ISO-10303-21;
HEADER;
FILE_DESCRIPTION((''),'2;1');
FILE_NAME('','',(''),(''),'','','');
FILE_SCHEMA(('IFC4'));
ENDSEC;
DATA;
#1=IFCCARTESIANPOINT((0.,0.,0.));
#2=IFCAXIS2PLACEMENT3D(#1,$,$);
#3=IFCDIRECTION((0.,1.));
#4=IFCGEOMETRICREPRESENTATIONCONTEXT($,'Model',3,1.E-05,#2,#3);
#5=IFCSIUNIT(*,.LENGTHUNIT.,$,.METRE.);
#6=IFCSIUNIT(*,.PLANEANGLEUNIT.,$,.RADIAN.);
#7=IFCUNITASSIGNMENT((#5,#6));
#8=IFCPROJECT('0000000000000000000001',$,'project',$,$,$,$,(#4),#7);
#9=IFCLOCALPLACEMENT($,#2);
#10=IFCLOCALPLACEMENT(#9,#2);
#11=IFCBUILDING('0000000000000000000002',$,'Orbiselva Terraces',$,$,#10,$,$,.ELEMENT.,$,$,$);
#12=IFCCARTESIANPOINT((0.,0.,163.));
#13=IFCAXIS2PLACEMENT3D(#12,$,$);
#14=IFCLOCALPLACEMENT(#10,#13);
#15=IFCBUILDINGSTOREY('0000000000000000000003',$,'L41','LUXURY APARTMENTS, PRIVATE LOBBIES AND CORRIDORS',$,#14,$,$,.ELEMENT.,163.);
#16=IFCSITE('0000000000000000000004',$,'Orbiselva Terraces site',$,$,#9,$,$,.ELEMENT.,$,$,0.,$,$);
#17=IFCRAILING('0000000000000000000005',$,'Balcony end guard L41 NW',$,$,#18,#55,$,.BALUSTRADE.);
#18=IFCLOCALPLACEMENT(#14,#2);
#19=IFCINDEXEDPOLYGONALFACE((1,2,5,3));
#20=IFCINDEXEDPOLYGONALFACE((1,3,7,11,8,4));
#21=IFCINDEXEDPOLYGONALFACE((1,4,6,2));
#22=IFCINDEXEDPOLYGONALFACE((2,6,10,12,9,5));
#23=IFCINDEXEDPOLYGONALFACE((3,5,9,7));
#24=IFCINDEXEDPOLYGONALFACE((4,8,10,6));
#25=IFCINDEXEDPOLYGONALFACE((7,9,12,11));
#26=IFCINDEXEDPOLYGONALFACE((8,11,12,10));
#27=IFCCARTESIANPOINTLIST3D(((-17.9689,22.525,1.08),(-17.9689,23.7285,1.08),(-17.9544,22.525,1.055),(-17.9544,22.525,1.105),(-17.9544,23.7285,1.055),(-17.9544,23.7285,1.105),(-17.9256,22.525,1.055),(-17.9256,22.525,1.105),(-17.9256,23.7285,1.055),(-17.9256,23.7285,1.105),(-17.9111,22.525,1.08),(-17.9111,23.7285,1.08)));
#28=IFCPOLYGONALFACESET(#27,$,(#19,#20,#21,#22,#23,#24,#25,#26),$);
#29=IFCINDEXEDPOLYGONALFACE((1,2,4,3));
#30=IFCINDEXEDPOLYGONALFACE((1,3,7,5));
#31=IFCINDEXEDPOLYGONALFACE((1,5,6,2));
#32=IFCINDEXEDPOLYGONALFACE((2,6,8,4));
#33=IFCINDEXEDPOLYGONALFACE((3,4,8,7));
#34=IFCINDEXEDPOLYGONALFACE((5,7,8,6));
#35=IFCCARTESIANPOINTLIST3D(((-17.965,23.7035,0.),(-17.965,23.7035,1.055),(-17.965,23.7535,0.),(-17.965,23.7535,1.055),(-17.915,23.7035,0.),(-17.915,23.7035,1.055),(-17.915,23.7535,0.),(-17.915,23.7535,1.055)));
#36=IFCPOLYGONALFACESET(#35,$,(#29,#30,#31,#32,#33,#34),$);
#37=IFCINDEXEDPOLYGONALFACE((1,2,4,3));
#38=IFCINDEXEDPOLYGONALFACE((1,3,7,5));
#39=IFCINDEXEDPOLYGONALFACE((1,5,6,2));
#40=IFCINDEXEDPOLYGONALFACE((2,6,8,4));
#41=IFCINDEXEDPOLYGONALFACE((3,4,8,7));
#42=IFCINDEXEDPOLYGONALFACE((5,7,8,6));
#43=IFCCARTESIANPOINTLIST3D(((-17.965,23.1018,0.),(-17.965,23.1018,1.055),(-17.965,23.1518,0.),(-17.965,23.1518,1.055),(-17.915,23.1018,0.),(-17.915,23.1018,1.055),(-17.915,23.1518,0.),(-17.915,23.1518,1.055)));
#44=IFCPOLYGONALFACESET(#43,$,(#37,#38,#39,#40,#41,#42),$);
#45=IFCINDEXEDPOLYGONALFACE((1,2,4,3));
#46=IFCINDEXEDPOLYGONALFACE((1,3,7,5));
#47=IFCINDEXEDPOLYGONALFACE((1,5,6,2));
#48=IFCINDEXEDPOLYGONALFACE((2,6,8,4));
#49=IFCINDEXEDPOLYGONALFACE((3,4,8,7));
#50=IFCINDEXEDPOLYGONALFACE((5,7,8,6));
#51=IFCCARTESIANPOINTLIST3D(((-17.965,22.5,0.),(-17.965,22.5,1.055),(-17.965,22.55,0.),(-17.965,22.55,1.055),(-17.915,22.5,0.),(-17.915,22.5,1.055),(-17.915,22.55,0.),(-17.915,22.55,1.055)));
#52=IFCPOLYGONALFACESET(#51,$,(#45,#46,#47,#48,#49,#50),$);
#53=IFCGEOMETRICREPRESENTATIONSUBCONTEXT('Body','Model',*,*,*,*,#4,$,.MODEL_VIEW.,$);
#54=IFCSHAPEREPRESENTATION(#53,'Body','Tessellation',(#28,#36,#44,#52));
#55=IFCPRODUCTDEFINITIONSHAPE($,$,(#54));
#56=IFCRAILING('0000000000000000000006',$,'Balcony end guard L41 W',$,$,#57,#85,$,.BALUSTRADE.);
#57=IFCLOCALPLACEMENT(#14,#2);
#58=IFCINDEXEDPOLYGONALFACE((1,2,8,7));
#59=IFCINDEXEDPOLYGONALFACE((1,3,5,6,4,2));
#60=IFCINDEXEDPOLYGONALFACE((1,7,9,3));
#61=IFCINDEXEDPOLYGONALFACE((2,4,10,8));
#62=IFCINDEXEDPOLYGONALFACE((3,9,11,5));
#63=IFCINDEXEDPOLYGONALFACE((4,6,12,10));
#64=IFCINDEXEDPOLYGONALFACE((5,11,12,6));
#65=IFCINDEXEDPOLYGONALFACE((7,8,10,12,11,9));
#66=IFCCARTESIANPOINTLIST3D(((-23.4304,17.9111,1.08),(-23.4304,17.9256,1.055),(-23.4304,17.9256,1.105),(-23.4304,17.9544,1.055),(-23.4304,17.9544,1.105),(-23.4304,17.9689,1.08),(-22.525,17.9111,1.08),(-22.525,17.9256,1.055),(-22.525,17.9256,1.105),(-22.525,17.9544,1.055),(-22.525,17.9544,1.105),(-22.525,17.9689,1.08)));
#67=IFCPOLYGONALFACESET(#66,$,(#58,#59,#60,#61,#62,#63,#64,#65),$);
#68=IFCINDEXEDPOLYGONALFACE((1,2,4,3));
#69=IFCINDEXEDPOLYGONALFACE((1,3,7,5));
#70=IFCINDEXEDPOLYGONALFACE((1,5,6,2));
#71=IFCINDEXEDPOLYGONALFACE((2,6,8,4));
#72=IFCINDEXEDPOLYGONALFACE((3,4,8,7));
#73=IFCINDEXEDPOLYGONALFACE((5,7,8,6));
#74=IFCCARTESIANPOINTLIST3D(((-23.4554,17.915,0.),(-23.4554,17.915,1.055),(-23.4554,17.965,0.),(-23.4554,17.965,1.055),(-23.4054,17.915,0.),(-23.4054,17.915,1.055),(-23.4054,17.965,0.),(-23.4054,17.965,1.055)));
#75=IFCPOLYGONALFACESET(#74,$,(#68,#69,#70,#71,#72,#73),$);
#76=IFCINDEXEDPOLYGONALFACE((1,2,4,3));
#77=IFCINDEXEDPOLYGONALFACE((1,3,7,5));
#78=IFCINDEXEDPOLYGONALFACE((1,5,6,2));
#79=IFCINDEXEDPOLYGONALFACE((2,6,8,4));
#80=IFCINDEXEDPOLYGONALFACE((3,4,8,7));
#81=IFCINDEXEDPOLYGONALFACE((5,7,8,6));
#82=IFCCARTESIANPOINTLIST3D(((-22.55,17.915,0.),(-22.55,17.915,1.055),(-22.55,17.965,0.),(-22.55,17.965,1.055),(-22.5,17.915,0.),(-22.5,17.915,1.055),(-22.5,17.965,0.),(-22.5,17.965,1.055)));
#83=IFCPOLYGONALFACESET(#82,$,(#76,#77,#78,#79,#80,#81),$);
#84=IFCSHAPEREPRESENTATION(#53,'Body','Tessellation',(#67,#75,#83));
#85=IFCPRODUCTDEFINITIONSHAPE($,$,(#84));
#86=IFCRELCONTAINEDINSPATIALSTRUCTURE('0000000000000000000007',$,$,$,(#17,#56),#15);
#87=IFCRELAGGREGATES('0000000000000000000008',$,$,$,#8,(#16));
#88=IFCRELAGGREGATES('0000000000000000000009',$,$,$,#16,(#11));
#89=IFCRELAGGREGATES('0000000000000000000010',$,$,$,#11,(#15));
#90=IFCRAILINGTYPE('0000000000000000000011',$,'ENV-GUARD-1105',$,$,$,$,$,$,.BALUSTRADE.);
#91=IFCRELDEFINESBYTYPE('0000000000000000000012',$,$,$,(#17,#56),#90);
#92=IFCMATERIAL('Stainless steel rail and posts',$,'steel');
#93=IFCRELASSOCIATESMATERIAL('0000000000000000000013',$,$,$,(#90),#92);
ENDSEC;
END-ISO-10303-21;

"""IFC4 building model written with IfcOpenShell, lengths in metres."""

from ifc_helpers import new_model, si_unit, direction, frame, origin, origin_2d, place, context, subcontext, project, spatial, polyline, rectangle, outline, extrude, material, type_object, element, save


model = new_model("IFC4")

# Units and contexts
model_context = context("Model", 3, precision=1e-05, world=origin(), true_north=direction((0.0, 1.0)))
body_context = subcontext(model_context, "Body", "Model", "MODEL_VIEW")
ifc_project = project(units=[si_unit("LENGTHUNIT", "METRE"), si_unit("PLANEANGLEUNIT", "RADIAN")], contexts=[model_context])

# Site, building, storey
site_placement = place(None, origin())
site = spatial("IfcSite", under=ifc_project, at=site_placement, Name="Orbiselva Terraces site", CompositionType="ELEMENT", RefElevation=0.0)
building_placement = place(site_placement, origin())
building = spatial("IfcBuilding", under=site, at=building_placement, Name="Orbiselva Terraces", CompositionType="ELEMENT")
storey_placement = place(building_placement, frame((0.0, 0.0, 163.0)))
storey = spatial("IfcBuildingStorey", under=building, at=storey_placement, Name="L41", Description="LUXURY APARTMENTS, PRIVATE LOBBIES AND CORRIDORS", CompositionType="ELEMENT", Elevation=163.0)

# Railings
ifc_material_1 = material(Name="Stainless steel rail and posts", Category="steel")
railing_type_1 = type_object("IfcRailingType", Name="ENV-GUARD-1105", PredefinedType="BALUSTRADE", material=ifc_material_1)
railing_1_placement = place(storey_placement, frame((-17.94, 23.7285, 0.0)))
element("IfcRailing", 1, at=railing_1_placement, inside=storey, type_object=railing_type_1, Name="Balcony end guard L41 NW", PredefinedType="BALUSTRADE", context=body_context, shape_type="SweptSolid", body=[
    extrude(outline(polyline([(0.0289, 0.0), (0.0144, 0.025), (-0.0144, 0.025), (-0.0289, 0.0), (-0.0144, -0.025), (0.0144, -0.025), (0.0289, 0.0)])), frame((0.0, 0.0, 1.08), z_axis=(0.0, -1.0, 0.0), x_axis=(1.0, 0.0, 0.0)), (0.0, 0.0, 1.0), 1.2035),
    extrude(rectangle(XDim=0.05, YDim=0.05, at=origin_2d()), origin(), (0.0, 0.0, 1.0), 1.055),
    extrude(rectangle(XDim=0.05, YDim=0.05, at=origin_2d()), frame((0.0, -0.6018, 0.0)), (0.0, 0.0, 1.0), 1.055),
    extrude(rectangle(XDim=0.05, YDim=0.05, at=origin_2d()), frame((0.0, -1.2035, 0.0)), (0.0, 0.0, 1.0), 1.055),
])
railing_2_placement = place(storey_placement, frame((-23.4304, 17.94, 0.0)))
element("IfcRailing", 2, at=railing_2_placement, inside=storey, type_object=railing_type_1, Name="Balcony end guard L41 W", PredefinedType="BALUSTRADE", context=body_context, shape_type="SweptSolid", body=[
    extrude(outline(polyline([(0.0289, 0.0), (0.0144, 0.025), (-0.0144, 0.025), (-0.0289, 0.0), (-0.0144, -0.025), (0.0144, -0.025), (0.0289, 0.0)])), frame((0.0, 0.0, 1.08), z_axis=(1.0, 0.0, 0.0), x_axis=(0.0, 1.0, 0.0)), (0.0, 0.0, 1.0), 0.9054),
    extrude(rectangle(XDim=0.05, YDim=0.05, at=origin_2d()), origin(), (0.0, 0.0, 1.0), 1.055),
    extrude(rectangle(XDim=0.05, YDim=0.05, at=origin_2d()), frame((0.9054, 0.0, 0.0)), (0.0, 0.0, 1.0), 1.055),
])

save(model, "model.ifc")
